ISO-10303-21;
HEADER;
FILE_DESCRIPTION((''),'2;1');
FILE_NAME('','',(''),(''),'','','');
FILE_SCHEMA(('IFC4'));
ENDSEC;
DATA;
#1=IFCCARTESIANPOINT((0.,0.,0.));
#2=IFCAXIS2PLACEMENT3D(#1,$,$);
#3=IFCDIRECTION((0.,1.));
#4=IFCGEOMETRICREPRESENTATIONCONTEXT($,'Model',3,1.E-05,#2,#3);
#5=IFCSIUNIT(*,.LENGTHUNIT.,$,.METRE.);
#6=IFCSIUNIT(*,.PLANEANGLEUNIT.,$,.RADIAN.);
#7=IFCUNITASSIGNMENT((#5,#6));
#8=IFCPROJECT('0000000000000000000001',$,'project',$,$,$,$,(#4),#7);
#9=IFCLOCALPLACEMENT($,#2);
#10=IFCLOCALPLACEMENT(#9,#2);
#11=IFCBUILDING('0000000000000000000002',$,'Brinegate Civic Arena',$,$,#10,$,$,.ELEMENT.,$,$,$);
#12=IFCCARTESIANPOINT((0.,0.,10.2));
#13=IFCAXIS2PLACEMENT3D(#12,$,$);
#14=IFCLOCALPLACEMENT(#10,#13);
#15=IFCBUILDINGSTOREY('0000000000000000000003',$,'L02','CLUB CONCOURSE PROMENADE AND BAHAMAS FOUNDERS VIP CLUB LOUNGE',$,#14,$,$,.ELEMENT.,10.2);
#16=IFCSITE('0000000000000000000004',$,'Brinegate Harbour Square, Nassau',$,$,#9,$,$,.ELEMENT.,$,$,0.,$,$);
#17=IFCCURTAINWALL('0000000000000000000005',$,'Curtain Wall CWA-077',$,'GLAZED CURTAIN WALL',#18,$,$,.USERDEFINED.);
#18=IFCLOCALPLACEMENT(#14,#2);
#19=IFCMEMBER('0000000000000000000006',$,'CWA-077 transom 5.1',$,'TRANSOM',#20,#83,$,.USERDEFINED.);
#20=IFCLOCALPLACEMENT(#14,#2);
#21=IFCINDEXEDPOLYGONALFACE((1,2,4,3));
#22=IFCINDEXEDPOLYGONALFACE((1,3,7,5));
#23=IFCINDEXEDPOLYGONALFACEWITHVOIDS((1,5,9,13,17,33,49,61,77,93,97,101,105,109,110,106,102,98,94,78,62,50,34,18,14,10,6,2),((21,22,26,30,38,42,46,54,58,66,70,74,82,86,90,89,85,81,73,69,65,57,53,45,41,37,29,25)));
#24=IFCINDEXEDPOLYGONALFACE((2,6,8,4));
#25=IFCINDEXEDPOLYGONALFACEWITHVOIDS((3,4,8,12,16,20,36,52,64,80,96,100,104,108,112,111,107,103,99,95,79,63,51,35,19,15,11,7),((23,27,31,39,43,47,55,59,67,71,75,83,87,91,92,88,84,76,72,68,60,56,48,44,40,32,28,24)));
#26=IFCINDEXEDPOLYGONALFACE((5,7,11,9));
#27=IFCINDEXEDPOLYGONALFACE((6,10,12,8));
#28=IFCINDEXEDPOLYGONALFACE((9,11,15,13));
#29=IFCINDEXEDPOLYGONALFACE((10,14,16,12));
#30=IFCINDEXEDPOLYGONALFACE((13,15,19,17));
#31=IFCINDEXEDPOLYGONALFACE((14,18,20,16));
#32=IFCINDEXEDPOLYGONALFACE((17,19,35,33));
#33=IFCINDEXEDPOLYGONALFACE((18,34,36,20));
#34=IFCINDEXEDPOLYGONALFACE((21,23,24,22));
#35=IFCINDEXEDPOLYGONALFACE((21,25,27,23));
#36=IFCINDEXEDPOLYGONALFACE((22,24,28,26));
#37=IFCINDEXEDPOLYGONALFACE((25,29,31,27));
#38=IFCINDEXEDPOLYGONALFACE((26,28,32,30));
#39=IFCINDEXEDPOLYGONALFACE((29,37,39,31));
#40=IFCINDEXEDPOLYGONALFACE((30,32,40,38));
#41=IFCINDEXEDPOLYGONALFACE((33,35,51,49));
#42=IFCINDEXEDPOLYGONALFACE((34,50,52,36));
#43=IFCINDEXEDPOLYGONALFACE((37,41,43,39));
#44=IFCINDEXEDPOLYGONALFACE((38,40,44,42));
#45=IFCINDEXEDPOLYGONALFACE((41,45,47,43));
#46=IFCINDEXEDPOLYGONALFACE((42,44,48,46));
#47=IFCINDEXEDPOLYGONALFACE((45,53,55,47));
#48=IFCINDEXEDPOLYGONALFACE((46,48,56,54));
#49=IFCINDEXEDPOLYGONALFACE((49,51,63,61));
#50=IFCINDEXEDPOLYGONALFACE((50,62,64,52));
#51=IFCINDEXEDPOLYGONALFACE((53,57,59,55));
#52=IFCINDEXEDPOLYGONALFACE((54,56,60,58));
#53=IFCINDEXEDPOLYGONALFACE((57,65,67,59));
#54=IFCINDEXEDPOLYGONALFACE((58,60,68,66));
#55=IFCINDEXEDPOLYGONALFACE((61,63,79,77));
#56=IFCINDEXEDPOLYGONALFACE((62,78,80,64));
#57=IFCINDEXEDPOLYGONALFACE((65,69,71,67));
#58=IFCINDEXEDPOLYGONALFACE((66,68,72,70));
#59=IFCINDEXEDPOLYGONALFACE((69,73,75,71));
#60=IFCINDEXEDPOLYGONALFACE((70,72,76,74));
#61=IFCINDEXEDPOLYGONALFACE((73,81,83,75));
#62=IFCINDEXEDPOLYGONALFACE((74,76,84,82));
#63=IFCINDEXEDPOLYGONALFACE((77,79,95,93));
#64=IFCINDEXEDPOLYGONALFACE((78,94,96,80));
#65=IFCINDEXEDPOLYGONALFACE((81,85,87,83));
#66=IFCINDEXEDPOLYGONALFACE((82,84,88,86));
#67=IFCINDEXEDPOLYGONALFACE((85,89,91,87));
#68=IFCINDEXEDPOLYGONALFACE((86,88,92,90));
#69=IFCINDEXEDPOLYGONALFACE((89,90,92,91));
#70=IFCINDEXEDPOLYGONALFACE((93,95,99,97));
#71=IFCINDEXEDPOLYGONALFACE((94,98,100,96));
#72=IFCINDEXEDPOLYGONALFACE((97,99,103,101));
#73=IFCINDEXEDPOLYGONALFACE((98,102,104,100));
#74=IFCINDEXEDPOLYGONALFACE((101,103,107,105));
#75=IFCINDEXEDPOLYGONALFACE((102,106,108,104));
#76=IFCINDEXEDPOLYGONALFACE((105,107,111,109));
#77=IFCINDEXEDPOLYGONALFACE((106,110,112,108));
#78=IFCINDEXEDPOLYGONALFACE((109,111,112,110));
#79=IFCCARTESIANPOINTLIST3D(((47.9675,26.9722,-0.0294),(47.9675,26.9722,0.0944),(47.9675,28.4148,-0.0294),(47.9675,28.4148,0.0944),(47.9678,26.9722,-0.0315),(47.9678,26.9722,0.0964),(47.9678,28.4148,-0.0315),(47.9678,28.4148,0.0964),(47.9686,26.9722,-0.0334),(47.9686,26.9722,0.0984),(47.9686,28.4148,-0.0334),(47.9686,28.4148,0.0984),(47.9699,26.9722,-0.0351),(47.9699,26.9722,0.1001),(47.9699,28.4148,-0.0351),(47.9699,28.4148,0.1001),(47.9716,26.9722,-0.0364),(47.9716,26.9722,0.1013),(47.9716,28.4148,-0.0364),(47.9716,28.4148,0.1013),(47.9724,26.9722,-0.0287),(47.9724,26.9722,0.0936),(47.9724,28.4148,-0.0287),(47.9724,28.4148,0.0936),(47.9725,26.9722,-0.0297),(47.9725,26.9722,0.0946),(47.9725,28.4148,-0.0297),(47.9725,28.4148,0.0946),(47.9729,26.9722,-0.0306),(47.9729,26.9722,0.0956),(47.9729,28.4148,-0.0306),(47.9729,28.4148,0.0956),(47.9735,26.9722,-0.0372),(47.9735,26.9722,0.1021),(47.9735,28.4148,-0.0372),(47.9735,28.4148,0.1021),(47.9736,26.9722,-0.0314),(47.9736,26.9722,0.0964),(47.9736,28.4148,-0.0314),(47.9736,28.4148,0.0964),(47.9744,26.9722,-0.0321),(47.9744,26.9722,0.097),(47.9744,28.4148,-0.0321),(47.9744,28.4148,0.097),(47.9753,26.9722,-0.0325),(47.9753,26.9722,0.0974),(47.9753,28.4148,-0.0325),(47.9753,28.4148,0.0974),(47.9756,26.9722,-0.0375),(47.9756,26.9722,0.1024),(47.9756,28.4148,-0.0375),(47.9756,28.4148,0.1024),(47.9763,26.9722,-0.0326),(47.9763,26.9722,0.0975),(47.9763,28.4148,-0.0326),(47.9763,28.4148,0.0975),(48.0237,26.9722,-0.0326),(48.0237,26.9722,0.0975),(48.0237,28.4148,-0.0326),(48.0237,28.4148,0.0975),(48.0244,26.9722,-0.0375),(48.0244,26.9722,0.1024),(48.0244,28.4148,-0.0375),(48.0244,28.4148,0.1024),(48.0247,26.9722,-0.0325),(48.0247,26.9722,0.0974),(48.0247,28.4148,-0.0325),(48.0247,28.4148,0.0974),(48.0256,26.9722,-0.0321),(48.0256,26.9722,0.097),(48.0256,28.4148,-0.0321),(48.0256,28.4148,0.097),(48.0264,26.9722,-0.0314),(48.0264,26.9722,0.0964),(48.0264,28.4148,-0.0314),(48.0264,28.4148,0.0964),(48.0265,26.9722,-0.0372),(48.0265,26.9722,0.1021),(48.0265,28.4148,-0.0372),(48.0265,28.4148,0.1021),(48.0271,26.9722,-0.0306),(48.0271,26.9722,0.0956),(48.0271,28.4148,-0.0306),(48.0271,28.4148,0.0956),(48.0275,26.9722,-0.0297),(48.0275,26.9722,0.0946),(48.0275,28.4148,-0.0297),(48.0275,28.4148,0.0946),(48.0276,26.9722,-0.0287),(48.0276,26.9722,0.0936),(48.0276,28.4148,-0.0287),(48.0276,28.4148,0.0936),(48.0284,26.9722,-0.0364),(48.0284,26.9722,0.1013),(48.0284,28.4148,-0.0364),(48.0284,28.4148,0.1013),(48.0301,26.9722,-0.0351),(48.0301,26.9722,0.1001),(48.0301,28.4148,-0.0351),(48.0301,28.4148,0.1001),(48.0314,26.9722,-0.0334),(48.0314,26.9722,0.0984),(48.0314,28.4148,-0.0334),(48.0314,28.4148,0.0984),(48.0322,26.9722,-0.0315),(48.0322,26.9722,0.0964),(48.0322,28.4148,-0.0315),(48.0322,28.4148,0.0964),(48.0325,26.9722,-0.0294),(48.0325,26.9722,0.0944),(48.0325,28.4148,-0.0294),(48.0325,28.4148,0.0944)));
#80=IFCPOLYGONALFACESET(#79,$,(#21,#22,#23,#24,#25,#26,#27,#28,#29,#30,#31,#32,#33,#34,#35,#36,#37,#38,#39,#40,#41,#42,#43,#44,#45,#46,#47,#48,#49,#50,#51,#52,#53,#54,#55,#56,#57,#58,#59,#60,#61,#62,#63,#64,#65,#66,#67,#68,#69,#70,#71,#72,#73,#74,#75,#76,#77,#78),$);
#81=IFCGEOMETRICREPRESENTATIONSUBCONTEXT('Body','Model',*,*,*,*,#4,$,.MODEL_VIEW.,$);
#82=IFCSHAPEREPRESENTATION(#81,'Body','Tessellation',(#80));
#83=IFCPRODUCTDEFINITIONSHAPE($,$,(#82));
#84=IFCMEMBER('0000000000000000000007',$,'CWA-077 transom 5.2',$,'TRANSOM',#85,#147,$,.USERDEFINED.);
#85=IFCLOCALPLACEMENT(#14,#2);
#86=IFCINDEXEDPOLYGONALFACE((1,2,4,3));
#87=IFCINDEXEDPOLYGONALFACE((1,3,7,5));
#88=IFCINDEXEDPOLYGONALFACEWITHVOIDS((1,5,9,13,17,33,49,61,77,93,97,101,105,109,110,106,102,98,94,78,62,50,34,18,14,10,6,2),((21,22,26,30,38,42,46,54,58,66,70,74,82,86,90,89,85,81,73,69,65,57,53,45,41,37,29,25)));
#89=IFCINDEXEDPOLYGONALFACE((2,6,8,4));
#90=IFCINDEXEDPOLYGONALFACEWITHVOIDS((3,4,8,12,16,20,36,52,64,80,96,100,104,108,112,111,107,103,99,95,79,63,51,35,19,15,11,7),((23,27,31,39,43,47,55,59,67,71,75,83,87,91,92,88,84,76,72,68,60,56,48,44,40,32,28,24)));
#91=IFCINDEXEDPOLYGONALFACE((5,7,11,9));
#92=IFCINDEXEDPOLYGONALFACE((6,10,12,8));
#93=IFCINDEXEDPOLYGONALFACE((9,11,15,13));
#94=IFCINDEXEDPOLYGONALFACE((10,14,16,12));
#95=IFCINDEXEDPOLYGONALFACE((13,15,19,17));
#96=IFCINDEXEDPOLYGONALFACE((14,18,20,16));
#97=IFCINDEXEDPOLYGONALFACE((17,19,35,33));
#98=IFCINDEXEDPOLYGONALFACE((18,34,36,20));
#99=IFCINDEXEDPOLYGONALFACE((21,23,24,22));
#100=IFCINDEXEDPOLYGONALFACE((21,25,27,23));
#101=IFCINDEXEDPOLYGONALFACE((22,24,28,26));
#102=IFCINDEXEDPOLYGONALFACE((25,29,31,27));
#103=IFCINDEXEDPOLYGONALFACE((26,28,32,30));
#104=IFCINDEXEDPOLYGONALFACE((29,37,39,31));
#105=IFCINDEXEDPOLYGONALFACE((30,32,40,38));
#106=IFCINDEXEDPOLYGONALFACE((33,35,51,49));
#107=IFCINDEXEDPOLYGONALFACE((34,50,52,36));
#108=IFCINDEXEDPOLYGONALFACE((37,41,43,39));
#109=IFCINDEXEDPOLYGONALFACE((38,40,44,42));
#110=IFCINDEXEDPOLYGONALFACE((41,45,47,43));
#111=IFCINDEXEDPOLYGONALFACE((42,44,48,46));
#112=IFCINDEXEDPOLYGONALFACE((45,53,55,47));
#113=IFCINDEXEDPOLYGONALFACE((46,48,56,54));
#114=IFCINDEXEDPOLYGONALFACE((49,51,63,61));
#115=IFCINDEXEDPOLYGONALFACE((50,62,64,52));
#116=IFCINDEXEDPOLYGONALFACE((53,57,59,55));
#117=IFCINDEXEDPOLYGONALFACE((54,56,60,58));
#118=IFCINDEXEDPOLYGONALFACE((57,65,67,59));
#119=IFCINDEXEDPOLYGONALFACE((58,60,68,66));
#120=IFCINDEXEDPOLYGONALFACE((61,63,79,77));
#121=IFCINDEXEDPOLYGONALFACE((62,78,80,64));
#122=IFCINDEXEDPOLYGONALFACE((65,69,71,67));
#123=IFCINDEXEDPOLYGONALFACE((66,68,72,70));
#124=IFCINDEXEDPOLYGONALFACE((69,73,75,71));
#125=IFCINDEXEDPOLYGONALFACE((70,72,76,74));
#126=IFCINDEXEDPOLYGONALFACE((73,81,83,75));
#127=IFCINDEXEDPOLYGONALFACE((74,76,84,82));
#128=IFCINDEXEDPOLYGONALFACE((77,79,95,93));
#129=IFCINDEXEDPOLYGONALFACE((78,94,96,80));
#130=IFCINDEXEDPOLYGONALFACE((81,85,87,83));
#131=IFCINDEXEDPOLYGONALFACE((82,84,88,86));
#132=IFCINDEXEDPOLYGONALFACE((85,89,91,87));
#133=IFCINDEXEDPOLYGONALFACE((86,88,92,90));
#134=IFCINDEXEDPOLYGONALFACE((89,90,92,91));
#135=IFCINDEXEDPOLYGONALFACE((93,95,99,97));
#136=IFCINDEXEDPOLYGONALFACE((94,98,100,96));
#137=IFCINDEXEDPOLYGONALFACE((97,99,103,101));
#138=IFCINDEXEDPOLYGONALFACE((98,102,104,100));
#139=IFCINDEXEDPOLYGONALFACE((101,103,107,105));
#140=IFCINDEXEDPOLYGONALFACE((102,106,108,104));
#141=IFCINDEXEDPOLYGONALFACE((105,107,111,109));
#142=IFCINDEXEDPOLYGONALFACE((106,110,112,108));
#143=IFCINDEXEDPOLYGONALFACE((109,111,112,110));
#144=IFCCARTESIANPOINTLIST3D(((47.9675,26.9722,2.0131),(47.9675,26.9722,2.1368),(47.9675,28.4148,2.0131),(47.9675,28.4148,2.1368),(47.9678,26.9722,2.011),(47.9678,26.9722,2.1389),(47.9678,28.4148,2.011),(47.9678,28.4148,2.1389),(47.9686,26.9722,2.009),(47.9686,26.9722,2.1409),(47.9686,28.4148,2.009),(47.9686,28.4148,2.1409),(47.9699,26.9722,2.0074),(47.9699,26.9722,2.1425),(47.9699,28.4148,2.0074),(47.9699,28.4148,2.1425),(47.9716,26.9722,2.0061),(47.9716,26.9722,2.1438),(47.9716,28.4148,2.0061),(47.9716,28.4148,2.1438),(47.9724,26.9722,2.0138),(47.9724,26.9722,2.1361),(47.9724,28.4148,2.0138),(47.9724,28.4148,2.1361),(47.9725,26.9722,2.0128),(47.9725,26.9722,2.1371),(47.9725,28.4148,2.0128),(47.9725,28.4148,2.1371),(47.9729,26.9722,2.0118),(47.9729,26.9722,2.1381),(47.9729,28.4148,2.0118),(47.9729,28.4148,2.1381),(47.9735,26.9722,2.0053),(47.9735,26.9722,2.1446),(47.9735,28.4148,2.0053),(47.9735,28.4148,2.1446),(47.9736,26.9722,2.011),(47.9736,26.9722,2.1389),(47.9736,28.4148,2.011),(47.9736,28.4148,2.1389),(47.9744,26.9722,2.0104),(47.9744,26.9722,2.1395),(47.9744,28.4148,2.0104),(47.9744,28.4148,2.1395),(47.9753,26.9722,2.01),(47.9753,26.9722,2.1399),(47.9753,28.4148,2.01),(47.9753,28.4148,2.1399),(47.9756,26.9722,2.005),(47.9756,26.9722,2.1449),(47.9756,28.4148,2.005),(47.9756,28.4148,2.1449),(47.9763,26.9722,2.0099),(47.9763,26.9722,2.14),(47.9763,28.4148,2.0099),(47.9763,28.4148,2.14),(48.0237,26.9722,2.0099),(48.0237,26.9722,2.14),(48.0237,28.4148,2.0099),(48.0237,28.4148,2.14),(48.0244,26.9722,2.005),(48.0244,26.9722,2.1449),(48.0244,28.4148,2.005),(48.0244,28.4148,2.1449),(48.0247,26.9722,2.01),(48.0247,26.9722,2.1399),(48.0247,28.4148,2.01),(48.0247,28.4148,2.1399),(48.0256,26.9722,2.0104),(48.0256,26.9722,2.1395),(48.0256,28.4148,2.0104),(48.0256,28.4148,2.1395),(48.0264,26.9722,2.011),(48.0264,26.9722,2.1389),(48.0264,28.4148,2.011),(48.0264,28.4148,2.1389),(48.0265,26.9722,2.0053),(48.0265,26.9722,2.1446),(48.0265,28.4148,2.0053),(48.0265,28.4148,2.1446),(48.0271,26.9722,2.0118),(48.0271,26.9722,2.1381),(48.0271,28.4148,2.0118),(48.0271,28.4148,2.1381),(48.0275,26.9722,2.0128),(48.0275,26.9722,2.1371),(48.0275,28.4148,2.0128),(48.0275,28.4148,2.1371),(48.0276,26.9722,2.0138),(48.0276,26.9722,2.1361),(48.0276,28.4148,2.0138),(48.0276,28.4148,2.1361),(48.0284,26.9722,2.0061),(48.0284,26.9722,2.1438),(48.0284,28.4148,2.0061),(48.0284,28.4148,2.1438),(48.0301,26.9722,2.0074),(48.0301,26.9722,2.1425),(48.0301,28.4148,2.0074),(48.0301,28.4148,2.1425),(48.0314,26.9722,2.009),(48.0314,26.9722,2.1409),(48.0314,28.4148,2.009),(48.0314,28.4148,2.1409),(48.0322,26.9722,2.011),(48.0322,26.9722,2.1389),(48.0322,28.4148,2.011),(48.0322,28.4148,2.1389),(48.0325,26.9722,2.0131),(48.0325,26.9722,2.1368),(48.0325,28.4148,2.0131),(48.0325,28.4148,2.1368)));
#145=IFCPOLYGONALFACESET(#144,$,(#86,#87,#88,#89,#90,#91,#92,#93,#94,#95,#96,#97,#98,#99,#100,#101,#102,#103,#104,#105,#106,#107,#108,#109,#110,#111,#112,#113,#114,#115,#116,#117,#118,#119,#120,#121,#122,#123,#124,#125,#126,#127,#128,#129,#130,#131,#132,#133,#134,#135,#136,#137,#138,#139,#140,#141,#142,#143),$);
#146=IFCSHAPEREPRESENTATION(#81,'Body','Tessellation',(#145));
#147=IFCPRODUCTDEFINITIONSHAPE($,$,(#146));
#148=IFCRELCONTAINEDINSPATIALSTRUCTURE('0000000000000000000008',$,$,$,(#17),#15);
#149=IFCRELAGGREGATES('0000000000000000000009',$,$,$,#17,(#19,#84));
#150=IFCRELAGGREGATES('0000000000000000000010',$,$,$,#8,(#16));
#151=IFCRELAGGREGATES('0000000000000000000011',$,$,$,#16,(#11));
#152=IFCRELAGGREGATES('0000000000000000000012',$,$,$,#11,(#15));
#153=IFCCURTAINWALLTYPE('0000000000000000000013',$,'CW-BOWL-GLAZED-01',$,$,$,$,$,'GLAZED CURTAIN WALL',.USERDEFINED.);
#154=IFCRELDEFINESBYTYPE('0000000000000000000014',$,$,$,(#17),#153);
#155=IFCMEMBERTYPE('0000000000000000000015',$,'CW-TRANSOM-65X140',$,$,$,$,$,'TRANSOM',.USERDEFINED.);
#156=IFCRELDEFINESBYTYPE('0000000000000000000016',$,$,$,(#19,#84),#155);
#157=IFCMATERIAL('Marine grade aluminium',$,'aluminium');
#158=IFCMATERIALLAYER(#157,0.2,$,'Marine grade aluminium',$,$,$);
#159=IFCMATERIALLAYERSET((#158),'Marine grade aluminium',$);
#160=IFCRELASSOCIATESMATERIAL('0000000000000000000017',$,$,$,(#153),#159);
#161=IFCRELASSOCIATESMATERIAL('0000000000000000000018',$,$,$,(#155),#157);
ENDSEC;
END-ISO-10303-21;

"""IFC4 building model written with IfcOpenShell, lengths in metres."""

from ifc_helpers import new_model, si_unit, direction, frame, origin, origin_2d, place, context, subcontext, project, spatial, hollow_rectangle, extrude, material, layer, layer_set, material_profile, profile_set, type_object, element, aggregate, save


model = new_model("IFC4")

# Units and contexts
model_context = context("Model", 3, precision=1e-05, world=origin(), true_north=direction((0.0, 1.0)))
body_context = subcontext(model_context, "Body", "Model", "MODEL_VIEW")
ifc_project = project(units=[si_unit("LENGTHUNIT", "METRE"), si_unit("PLANEANGLEUNIT", "RADIAN")], contexts=[model_context])

# Site, building, storey
site_placement = place(None, origin())
site = spatial("IfcSite", under=ifc_project, at=site_placement, Name="Brinegate Harbour Square, Nassau", CompositionType="ELEMENT", RefElevation=0.0)
building_placement = place(site_placement, origin())
building = spatial("IfcBuilding", under=site, at=building_placement, Name="Brinegate Civic Arena", CompositionType="ELEMENT")
storey_placement = place(building_placement, frame((0.0, 0.0, 10.2)))
storey = spatial("IfcBuildingStorey", under=building, at=storey_placement, Name="L02", Description="CLUB CONCOURSE PROMENADE AND BAHAMAS FOUNDERS VIP CLUB LOUNGE", CompositionType="ELEMENT", Elevation=10.2)

# Curtain wall
ifc_material_1 = material(Name="Marine grade aluminium", Category="aluminium")
ifc_layer_1 = layer(ifc_material_1, 0.2, Name="Marine grade aluminium")
ifc_layer_set_1 = layer_set([ifc_layer_1], Name="Marine grade aluminium")
curtain_wall_type = type_object("IfcCurtainWallType", Name="CW-BOWL-GLAZED-01", ElementType="GLAZED CURTAIN WALL", PredefinedType="USERDEFINED", material=ifc_layer_set_1)
curtain_wall_1_placement = place(storey_placement, origin())
curtain_wall_1 = element("IfcCurtainWall", 1, at=curtain_wall_1_placement, inside=storey, type_object=curtain_wall_type, Name="Curtain Wall CWA-077", ObjectType="GLAZED CURTAIN WALL", PredefinedType="USERDEFINED")

# Members
ifc_material_profile_1 = material_profile(ifc_material_1, hollow_rectangle(XDim=0.0649, YDim=0.1399, WallThickness=0.0049, InnerFilletRadius=0.0039, OuterFilletRadius=0.0081, at=origin_2d()), Name="TRN65X140")
ifc_profile_set_1 = profile_set([ifc_material_profile_1], Name="Marine grade aluminium")
member_type_1 = type_object("IfcMemberType", Name="CW-TRANSOM-65X140", ElementType="TRANSOM", PredefinedType="USERDEFINED", material=ifc_profile_set_1)
member_1_placement = place(storey_placement, frame((48.0, 26.9722, 0.0325), z_axis=(0.0, 1.0, 0.0), x_axis=(-1.0, 0.0, 0.0)))
member_1 = element("IfcMember", 2, at=member_1_placement, type_object=member_type_1, Name="CWA-077 transom 5.1", ObjectType="TRANSOM", PredefinedType="USERDEFINED", context=body_context, shape_type="SweptSolid", body=[
    extrude(hollow_rectangle(XDim=0.0649, YDim=0.1399, WallThickness=0.0049, InnerFilletRadius=0.0039, OuterFilletRadius=0.0081, at=origin_2d()), origin(), (0.0, 0.0, 1.0), 1.4426),
])
member_2_placement = place(storey_placement, frame((48.0, 26.9722, 2.075), z_axis=(0.0, 1.0, 0.0), x_axis=(-1.0, 0.0, 0.0)))
member_2 = element("IfcMember", 3, at=member_2_placement, type_object=member_type_1, Name="CWA-077 transom 5.2", ObjectType="TRANSOM", PredefinedType="USERDEFINED", context=body_context, shape_type="SweptSolid", body=[
    extrude(hollow_rectangle(XDim=0.0649, YDim=0.1399, WallThickness=0.0049, InnerFilletRadius=0.0039, OuterFilletRadius=0.0081, at=origin_2d()), origin(), (0.0, 0.0, 1.0), 1.4426),
])

aggregate(curtain_wall_1, [member_1, member_2])

save(model, "model.ifc")
